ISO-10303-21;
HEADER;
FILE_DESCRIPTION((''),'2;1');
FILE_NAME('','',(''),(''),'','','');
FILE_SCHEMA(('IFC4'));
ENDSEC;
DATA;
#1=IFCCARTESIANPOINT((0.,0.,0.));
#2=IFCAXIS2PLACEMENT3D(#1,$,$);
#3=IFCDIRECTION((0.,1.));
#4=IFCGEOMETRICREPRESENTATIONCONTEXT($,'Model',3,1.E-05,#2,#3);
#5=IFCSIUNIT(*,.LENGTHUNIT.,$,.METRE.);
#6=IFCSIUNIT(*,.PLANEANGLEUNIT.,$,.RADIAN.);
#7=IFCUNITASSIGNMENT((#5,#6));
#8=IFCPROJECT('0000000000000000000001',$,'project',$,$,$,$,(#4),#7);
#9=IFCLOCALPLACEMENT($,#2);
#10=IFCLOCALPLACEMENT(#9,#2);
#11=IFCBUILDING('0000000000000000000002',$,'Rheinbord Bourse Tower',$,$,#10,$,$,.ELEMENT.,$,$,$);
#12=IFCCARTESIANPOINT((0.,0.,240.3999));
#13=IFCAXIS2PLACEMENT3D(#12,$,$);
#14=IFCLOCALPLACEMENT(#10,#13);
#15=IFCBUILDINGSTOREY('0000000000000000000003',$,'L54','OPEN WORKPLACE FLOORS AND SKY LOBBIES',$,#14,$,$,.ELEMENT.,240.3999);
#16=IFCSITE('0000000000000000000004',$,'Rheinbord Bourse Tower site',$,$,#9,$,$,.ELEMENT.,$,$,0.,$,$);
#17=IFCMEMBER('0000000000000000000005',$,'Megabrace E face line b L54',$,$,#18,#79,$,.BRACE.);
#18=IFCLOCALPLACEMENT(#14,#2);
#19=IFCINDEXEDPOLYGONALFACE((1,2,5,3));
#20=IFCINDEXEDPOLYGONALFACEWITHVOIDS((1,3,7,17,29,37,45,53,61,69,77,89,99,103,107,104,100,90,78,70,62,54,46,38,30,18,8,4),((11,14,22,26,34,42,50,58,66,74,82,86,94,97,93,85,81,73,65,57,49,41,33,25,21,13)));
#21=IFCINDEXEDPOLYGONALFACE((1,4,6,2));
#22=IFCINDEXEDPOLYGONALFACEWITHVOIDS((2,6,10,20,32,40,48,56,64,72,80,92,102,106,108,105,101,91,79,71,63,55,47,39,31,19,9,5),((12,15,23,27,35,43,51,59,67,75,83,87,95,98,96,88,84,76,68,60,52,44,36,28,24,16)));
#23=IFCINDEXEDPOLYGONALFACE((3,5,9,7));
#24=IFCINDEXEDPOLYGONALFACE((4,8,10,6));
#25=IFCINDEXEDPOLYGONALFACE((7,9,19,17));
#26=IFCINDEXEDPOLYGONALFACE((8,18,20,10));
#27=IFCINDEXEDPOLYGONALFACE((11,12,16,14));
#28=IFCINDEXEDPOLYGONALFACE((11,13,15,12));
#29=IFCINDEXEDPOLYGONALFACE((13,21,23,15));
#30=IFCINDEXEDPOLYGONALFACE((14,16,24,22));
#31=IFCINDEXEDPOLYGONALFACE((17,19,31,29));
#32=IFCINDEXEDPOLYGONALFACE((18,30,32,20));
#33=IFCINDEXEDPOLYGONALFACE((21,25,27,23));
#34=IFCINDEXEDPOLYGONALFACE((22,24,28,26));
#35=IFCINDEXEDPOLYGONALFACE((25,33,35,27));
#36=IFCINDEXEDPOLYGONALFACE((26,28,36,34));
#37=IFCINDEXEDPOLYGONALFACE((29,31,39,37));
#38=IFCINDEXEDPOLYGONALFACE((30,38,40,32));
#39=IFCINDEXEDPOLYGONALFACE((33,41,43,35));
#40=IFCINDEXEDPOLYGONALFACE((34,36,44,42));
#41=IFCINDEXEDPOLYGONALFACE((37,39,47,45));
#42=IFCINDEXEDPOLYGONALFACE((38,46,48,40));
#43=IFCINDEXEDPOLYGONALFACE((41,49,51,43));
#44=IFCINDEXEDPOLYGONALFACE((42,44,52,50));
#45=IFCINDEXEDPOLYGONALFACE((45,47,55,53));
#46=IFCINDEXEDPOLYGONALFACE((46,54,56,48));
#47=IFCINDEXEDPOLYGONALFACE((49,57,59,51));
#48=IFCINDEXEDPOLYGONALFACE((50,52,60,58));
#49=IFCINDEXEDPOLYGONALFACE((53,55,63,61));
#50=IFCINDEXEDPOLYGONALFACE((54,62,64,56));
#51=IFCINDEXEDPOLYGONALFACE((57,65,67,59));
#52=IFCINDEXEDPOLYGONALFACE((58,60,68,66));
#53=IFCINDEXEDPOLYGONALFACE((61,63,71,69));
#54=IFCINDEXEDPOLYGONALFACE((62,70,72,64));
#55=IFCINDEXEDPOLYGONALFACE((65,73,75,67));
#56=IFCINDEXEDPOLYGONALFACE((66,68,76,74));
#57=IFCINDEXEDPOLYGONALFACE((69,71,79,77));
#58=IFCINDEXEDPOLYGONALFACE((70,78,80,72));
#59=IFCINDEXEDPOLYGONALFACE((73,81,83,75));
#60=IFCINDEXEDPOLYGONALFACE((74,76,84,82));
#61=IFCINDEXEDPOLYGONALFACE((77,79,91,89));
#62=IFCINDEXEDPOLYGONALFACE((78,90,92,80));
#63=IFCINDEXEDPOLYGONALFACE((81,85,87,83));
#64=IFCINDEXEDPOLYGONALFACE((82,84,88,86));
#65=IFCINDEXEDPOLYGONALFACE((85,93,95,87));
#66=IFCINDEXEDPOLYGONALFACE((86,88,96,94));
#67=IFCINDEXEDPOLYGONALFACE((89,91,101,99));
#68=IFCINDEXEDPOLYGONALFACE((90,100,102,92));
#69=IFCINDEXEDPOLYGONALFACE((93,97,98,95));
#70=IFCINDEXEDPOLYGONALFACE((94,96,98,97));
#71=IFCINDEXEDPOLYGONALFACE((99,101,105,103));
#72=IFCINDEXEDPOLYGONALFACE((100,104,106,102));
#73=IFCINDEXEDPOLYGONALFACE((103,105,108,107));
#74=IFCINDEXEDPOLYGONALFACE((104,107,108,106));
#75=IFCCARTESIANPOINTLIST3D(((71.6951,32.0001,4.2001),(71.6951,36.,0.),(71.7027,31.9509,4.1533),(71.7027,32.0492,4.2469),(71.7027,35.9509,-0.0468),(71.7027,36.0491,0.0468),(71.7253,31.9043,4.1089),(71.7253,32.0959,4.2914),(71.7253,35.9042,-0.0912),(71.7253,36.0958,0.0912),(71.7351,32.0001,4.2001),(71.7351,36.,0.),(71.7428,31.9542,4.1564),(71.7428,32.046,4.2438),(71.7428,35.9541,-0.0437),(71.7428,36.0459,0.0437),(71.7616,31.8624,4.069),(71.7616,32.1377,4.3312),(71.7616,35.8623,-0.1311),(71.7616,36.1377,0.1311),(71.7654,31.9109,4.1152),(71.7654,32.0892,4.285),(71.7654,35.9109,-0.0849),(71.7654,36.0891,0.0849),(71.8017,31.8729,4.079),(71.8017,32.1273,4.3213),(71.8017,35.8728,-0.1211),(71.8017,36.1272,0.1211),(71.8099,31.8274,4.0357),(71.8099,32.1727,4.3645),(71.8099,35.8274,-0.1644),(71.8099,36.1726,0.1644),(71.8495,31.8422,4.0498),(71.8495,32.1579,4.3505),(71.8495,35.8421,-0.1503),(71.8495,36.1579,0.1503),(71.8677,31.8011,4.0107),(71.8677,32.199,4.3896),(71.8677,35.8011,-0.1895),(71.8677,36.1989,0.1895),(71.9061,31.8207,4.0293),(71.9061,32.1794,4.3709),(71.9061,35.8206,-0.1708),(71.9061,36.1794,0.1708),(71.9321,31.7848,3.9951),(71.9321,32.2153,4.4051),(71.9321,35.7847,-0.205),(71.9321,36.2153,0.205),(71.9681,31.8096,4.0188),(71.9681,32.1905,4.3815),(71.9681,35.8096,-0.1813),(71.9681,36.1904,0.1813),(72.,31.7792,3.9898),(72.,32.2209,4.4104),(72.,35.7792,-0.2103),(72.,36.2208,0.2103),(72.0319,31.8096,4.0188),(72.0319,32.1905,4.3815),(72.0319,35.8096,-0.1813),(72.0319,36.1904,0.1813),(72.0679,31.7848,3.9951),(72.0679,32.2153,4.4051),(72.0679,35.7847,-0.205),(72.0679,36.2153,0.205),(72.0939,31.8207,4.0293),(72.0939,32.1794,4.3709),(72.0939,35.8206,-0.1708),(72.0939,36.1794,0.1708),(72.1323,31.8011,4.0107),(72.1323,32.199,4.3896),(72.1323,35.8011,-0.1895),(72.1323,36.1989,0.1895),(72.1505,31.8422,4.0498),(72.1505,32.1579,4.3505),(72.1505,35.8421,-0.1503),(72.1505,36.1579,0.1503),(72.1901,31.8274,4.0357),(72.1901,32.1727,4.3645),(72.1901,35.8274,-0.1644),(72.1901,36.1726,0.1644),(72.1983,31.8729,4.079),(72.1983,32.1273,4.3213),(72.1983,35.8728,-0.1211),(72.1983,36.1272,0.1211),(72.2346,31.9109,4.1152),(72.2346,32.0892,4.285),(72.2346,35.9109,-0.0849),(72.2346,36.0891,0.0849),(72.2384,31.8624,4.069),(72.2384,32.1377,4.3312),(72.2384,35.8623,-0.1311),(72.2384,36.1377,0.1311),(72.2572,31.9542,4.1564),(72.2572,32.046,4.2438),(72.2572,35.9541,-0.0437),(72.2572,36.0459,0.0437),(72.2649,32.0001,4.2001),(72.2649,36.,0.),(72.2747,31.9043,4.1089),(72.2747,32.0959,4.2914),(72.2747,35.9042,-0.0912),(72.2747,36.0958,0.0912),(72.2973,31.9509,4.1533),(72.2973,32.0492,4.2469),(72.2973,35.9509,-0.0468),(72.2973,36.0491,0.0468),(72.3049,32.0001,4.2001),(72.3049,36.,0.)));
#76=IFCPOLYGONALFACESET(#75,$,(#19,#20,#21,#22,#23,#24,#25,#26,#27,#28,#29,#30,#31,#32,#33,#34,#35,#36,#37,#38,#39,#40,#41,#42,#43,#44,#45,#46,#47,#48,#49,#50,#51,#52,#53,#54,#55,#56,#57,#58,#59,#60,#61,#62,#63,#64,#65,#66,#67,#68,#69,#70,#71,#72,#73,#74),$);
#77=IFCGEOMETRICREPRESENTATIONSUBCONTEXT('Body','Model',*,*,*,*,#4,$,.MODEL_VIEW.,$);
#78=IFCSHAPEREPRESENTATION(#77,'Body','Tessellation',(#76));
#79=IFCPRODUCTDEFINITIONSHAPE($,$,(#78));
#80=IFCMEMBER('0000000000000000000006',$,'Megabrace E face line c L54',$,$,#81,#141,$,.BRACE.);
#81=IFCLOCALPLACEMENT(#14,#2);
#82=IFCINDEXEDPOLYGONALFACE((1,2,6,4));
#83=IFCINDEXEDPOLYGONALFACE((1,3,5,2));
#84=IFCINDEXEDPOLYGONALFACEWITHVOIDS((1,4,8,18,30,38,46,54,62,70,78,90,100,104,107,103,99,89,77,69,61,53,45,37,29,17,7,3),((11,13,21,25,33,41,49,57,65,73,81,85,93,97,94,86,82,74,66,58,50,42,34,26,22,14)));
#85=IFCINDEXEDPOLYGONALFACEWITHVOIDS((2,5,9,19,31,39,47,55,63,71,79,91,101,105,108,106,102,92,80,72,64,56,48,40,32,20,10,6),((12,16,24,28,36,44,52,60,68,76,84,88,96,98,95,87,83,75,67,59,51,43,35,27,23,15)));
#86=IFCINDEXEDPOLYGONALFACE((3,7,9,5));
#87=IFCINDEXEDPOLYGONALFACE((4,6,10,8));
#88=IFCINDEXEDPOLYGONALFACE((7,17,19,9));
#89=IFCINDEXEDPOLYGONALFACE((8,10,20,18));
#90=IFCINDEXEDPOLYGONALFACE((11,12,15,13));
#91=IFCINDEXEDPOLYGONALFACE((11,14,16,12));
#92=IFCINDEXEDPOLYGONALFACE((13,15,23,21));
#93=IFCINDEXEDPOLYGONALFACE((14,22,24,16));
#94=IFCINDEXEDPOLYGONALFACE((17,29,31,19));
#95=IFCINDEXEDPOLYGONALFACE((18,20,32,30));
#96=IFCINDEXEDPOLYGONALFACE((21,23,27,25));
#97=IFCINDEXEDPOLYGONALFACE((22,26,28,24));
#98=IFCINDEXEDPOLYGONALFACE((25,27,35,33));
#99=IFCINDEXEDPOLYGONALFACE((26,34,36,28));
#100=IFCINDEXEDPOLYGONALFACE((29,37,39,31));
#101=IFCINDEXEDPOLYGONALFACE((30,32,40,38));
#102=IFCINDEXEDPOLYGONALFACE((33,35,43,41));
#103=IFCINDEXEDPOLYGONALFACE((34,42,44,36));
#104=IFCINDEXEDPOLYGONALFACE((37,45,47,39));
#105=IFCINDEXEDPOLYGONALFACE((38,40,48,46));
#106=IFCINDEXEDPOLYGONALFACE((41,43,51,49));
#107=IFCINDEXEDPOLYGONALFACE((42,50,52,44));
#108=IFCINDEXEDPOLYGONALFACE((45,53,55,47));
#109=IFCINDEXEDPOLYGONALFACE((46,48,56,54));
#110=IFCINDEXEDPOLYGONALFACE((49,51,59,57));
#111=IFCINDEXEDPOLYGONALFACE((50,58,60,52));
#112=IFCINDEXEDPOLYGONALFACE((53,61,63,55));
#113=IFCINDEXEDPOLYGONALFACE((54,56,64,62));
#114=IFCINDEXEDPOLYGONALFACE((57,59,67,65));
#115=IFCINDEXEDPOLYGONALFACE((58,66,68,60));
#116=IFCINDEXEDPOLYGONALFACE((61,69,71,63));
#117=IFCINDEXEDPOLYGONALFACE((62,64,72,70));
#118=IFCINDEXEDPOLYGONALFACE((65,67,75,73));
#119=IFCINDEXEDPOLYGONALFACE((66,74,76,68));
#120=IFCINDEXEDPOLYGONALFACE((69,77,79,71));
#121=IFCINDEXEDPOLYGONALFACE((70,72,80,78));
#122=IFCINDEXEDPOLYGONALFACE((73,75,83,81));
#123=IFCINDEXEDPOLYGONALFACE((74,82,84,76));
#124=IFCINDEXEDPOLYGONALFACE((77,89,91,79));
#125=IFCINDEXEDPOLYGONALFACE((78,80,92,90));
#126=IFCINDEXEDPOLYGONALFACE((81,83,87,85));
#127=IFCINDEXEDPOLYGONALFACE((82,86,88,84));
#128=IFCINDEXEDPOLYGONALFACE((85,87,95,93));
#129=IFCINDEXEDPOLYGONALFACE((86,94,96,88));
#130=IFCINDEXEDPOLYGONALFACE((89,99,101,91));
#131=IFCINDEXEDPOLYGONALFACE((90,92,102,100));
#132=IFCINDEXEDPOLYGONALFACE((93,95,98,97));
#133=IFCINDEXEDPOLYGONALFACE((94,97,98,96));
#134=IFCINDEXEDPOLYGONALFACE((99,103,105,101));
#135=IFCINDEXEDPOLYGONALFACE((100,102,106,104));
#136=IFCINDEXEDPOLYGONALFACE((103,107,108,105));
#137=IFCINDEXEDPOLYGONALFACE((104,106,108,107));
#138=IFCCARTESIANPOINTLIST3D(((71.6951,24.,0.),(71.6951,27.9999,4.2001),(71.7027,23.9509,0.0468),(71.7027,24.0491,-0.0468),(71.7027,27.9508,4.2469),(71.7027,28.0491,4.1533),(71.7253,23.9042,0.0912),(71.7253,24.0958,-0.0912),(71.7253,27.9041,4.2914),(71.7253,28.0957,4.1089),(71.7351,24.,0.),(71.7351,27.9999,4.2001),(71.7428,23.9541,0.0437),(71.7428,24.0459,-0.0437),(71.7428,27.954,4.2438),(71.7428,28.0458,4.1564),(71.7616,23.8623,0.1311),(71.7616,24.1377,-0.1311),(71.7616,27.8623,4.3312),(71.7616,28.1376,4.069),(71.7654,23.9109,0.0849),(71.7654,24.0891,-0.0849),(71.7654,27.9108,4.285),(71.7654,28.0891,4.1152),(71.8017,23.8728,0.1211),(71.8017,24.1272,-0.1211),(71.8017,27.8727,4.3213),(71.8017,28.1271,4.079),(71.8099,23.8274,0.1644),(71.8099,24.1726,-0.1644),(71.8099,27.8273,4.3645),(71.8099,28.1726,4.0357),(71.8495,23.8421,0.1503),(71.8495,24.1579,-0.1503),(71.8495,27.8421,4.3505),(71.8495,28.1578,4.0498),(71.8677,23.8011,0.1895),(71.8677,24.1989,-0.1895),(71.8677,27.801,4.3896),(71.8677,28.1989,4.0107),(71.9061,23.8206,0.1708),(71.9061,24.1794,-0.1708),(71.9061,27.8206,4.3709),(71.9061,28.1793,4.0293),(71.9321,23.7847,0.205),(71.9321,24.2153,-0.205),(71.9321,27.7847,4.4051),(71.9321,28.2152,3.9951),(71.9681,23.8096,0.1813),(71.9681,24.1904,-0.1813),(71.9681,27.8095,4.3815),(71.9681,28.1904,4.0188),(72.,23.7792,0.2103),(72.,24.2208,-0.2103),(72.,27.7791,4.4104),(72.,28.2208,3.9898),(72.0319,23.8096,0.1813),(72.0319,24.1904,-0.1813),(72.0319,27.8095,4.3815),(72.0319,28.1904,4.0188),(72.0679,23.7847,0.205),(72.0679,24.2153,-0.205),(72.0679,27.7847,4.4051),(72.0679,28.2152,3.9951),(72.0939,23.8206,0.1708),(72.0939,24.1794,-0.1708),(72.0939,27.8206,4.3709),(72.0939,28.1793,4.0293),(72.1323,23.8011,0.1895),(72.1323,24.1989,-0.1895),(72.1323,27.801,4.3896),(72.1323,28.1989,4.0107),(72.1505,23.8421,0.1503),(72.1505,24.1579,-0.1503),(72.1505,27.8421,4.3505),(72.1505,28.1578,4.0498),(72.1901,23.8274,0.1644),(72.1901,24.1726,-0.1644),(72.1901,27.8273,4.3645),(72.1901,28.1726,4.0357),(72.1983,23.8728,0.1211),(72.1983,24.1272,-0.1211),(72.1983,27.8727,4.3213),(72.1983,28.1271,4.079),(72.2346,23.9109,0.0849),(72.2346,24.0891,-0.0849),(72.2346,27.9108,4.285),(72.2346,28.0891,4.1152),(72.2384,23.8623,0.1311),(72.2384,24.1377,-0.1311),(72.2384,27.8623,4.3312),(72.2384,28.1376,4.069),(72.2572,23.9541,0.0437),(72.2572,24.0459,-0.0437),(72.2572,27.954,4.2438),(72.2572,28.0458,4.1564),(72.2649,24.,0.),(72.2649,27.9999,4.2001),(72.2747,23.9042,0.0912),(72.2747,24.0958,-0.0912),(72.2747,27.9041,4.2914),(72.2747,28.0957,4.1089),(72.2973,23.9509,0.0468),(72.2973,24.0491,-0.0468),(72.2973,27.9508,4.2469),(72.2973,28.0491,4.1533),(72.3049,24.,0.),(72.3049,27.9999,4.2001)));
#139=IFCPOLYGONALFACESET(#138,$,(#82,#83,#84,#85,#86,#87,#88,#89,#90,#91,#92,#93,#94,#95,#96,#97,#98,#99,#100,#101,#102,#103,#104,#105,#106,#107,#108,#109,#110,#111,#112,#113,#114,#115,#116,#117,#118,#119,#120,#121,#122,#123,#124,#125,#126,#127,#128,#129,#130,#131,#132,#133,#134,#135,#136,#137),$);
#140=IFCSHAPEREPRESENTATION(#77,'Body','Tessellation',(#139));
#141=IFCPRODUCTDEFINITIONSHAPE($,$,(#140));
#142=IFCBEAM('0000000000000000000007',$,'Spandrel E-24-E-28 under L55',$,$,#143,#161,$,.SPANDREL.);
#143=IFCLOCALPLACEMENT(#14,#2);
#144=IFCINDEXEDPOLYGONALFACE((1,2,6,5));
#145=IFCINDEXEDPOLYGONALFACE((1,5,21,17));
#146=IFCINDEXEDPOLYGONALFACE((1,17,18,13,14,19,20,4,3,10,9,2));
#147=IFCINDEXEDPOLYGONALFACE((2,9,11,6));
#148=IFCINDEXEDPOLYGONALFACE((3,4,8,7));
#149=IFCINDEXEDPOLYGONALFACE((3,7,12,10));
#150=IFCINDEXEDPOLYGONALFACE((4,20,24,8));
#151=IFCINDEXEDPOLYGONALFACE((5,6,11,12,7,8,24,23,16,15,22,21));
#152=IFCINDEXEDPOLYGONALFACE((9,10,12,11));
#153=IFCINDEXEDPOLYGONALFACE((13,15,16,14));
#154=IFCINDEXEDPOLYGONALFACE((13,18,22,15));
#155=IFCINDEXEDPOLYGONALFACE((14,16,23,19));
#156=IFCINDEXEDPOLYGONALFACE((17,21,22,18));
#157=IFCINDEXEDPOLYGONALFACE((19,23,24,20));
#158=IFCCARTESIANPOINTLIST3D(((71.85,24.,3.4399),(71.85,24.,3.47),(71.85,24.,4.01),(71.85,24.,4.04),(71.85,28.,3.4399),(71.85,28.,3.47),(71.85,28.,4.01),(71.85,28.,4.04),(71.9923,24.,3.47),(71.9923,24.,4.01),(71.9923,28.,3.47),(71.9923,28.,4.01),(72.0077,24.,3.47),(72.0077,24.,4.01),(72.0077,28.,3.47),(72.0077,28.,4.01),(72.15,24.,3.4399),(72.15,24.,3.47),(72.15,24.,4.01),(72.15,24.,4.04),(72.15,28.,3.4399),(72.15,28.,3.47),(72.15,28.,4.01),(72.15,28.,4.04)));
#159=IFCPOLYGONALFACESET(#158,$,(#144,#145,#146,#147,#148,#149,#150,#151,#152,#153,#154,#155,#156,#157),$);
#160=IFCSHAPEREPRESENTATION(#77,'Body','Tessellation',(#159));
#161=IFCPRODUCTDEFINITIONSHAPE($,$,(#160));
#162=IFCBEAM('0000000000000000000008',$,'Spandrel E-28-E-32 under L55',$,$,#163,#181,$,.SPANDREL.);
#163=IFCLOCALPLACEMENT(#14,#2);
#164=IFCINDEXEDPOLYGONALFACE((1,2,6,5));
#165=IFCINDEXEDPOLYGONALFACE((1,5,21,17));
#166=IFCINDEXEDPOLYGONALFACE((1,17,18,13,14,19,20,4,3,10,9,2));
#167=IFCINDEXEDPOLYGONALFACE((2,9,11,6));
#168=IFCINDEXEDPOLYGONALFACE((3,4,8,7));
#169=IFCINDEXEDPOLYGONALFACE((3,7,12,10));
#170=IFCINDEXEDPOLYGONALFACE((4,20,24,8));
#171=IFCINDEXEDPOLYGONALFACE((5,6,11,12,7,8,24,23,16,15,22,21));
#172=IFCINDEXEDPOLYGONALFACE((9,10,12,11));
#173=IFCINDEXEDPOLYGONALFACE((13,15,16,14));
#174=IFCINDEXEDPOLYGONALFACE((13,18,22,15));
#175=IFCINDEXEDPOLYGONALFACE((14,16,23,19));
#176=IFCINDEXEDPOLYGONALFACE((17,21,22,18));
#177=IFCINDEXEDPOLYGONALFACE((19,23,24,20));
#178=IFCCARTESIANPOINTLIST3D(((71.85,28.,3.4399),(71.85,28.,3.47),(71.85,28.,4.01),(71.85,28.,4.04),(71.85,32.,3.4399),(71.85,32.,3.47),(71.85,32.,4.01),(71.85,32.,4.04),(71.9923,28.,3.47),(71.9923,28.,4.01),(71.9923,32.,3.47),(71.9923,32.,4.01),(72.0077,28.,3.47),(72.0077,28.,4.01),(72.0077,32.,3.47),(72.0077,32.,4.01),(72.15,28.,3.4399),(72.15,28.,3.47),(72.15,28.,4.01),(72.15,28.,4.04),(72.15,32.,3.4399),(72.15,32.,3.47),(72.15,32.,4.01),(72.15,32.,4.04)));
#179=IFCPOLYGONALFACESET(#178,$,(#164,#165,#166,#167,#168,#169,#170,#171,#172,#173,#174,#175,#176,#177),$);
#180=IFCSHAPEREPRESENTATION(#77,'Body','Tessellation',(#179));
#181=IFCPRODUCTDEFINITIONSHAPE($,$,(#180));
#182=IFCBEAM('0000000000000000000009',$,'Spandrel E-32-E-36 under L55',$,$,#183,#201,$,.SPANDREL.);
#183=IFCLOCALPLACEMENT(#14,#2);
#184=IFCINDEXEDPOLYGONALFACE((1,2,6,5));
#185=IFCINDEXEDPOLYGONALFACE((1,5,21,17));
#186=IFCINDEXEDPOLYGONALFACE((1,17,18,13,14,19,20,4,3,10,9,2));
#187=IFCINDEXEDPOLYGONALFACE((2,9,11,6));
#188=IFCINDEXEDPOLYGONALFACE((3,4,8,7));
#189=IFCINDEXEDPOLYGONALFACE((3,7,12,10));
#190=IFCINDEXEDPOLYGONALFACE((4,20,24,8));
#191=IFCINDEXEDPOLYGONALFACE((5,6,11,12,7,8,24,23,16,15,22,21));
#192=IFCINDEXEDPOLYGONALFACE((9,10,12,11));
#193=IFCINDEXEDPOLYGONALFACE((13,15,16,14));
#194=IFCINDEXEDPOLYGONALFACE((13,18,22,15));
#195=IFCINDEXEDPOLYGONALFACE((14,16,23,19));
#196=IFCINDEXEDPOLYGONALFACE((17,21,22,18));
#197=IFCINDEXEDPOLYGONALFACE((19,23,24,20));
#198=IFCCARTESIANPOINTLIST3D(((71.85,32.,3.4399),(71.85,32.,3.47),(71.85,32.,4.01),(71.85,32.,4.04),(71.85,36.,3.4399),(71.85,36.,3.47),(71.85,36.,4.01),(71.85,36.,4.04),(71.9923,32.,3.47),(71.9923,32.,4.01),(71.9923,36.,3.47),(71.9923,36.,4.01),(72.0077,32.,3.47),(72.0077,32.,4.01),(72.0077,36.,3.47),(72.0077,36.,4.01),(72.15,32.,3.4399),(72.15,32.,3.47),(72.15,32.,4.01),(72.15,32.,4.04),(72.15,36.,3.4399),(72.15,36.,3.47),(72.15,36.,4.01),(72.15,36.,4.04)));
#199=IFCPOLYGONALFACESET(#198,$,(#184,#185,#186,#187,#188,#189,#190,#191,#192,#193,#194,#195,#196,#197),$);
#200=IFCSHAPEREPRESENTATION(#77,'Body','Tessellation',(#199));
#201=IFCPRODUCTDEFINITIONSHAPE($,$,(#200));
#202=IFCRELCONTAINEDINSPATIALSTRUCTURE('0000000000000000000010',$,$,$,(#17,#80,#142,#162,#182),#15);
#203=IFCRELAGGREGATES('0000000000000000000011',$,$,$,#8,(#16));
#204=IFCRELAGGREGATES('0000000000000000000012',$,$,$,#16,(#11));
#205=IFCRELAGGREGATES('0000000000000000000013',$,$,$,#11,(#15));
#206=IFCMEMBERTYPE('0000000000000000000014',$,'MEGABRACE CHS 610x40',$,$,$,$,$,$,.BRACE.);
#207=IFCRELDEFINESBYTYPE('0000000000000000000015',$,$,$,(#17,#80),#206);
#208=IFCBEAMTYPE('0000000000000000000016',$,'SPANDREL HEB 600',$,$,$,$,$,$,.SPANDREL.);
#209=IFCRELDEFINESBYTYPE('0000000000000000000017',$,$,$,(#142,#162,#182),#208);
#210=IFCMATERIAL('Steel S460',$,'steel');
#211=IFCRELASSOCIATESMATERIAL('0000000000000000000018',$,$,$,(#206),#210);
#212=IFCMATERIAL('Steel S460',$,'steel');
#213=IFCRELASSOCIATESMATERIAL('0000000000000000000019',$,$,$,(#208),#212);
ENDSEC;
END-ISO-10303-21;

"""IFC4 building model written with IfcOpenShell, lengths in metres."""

from ifc_helpers import new_model, si_unit, direction, frame, origin, origin_2d, place, context, subcontext, project, spatial, hollow_circle, i_section, extrude, material, material_profile, profile_set, type_object, element, save


model = new_model("IFC4")

# Units and contexts
model_context = context("Model", 3, precision=1e-05, world=origin(), true_north=direction((0.0, 1.0)))
body_context = subcontext(model_context, "Body", "Model", "MODEL_VIEW")
ifc_project = project(units=[si_unit("LENGTHUNIT", "METRE"), si_unit("PLANEANGLEUNIT", "RADIAN")], contexts=[model_context])

# Site, building, storey
site_placement = place(None, origin())
site = spatial("IfcSite", under=ifc_project, at=site_placement, Name="Rheinbord Bourse Tower site", CompositionType="ELEMENT", RefElevation=0.0)
building_placement = place(site_placement, origin())
building = spatial("IfcBuilding", under=site, at=building_placement, Name="Rheinbord Bourse Tower", CompositionType="ELEMENT")
storey_placement = place(building_placement, frame((0.0, 0.0, 240.3999)))
storey = spatial("IfcBuildingStorey", under=building, at=storey_placement, Name="L54", Description="OPEN WORKPLACE FLOORS AND SKY LOBBIES", CompositionType="ELEMENT", Elevation=240.3999)

# Members
ifc_material_1 = material(Name="Steel S460", Category="steel")
ifc_material_profile_1 = material_profile(ifc_material_1, hollow_circle(Radius=0.3049, WallThickness=0.04, at=origin_2d()), Name="CHS 610x40")
ifc_profile_set_1 = profile_set([ifc_material_profile_1], Name="Steel S460")
member_type_1 = type_object("IfcMemberType", Name="MEGABRACE CHS 610x40", PredefinedType="BRACE", material=ifc_profile_set_1)
for number, where, z_axis, x_axis, name in (
    (1, (72.0, 36.0, 0.0), (0.0, -0.689638, 0.724154), (1.0, 0.0, 0.0), "Megabrace E face line b L54"),
    (2, (72.0, 24.0, 0.0), (0.0, 0.689638, 0.724154), (-1.0, 0.0, 0.0), "Megabrace E face line c L54"),
):
    element("IfcMember", number, at=place(storey_placement, frame(where, z_axis=z_axis, x_axis=x_axis)), inside=storey, type_object=member_type_1, Name=name, PredefinedType="BRACE", context=body_context, shape_type="SweptSolid", body=[
        extrude(hollow_circle(Radius=0.3049, WallThickness=0.04, at=origin_2d()), origin(), (0.0, 0.0, 1.0), 5.8),
    ])

# Beams
ifc_material_2 = material(Name="Steel S460", Category="steel")
ifc_material_profile_2 = material_profile(ifc_material_2, i_section(OverallWidth=0.3, OverallDepth=0.6001, WebThickness=0.0154, FlangeThickness=0.03, at=origin_2d()), Name="HEB 600")
ifc_profile_set_2 = profile_set([ifc_material_profile_2], Name="Steel S460")
beam_type_1 = type_object("IfcBeamType", Name="SPANDREL HEB 600", PredefinedType="SPANDREL", material=ifc_profile_set_2)
for number, where, z_axis, x_axis, name in (
    (3, (72.0, 24.0, 3.74), (0.0, 1.0, 0.0), (-1.0, 0.0, 0.0), "Spandrel E-24-E-28 under L55"),
    (4, (72.0, 28.0, 3.74), (0.0, 1.0, 0.0), (-1.0, 0.0, 0.0), "Spandrel E-28-E-32 under L55"),
    (5, (72.0, 32.0, 3.74), (0.0, 1.0, 0.0), (-1.0, 0.0, 0.0), "Spandrel E-32-E-36 under L55"),
):
    element("IfcBeam", number, at=place(storey_placement, frame(where, z_axis=z_axis, x_axis=x_axis)), inside=storey, type_object=beam_type_1, Name=name, PredefinedType="SPANDREL", context=body_context, shape_type="SweptSolid", body=[
        extrude(i_section(OverallWidth=0.3, OverallDepth=0.6001, WebThickness=0.0154, FlangeThickness=0.03, at=origin_2d()), origin(), (0.0, 0.0, 1.0), 4.0),
    ])

save(model, "model.ifc")
